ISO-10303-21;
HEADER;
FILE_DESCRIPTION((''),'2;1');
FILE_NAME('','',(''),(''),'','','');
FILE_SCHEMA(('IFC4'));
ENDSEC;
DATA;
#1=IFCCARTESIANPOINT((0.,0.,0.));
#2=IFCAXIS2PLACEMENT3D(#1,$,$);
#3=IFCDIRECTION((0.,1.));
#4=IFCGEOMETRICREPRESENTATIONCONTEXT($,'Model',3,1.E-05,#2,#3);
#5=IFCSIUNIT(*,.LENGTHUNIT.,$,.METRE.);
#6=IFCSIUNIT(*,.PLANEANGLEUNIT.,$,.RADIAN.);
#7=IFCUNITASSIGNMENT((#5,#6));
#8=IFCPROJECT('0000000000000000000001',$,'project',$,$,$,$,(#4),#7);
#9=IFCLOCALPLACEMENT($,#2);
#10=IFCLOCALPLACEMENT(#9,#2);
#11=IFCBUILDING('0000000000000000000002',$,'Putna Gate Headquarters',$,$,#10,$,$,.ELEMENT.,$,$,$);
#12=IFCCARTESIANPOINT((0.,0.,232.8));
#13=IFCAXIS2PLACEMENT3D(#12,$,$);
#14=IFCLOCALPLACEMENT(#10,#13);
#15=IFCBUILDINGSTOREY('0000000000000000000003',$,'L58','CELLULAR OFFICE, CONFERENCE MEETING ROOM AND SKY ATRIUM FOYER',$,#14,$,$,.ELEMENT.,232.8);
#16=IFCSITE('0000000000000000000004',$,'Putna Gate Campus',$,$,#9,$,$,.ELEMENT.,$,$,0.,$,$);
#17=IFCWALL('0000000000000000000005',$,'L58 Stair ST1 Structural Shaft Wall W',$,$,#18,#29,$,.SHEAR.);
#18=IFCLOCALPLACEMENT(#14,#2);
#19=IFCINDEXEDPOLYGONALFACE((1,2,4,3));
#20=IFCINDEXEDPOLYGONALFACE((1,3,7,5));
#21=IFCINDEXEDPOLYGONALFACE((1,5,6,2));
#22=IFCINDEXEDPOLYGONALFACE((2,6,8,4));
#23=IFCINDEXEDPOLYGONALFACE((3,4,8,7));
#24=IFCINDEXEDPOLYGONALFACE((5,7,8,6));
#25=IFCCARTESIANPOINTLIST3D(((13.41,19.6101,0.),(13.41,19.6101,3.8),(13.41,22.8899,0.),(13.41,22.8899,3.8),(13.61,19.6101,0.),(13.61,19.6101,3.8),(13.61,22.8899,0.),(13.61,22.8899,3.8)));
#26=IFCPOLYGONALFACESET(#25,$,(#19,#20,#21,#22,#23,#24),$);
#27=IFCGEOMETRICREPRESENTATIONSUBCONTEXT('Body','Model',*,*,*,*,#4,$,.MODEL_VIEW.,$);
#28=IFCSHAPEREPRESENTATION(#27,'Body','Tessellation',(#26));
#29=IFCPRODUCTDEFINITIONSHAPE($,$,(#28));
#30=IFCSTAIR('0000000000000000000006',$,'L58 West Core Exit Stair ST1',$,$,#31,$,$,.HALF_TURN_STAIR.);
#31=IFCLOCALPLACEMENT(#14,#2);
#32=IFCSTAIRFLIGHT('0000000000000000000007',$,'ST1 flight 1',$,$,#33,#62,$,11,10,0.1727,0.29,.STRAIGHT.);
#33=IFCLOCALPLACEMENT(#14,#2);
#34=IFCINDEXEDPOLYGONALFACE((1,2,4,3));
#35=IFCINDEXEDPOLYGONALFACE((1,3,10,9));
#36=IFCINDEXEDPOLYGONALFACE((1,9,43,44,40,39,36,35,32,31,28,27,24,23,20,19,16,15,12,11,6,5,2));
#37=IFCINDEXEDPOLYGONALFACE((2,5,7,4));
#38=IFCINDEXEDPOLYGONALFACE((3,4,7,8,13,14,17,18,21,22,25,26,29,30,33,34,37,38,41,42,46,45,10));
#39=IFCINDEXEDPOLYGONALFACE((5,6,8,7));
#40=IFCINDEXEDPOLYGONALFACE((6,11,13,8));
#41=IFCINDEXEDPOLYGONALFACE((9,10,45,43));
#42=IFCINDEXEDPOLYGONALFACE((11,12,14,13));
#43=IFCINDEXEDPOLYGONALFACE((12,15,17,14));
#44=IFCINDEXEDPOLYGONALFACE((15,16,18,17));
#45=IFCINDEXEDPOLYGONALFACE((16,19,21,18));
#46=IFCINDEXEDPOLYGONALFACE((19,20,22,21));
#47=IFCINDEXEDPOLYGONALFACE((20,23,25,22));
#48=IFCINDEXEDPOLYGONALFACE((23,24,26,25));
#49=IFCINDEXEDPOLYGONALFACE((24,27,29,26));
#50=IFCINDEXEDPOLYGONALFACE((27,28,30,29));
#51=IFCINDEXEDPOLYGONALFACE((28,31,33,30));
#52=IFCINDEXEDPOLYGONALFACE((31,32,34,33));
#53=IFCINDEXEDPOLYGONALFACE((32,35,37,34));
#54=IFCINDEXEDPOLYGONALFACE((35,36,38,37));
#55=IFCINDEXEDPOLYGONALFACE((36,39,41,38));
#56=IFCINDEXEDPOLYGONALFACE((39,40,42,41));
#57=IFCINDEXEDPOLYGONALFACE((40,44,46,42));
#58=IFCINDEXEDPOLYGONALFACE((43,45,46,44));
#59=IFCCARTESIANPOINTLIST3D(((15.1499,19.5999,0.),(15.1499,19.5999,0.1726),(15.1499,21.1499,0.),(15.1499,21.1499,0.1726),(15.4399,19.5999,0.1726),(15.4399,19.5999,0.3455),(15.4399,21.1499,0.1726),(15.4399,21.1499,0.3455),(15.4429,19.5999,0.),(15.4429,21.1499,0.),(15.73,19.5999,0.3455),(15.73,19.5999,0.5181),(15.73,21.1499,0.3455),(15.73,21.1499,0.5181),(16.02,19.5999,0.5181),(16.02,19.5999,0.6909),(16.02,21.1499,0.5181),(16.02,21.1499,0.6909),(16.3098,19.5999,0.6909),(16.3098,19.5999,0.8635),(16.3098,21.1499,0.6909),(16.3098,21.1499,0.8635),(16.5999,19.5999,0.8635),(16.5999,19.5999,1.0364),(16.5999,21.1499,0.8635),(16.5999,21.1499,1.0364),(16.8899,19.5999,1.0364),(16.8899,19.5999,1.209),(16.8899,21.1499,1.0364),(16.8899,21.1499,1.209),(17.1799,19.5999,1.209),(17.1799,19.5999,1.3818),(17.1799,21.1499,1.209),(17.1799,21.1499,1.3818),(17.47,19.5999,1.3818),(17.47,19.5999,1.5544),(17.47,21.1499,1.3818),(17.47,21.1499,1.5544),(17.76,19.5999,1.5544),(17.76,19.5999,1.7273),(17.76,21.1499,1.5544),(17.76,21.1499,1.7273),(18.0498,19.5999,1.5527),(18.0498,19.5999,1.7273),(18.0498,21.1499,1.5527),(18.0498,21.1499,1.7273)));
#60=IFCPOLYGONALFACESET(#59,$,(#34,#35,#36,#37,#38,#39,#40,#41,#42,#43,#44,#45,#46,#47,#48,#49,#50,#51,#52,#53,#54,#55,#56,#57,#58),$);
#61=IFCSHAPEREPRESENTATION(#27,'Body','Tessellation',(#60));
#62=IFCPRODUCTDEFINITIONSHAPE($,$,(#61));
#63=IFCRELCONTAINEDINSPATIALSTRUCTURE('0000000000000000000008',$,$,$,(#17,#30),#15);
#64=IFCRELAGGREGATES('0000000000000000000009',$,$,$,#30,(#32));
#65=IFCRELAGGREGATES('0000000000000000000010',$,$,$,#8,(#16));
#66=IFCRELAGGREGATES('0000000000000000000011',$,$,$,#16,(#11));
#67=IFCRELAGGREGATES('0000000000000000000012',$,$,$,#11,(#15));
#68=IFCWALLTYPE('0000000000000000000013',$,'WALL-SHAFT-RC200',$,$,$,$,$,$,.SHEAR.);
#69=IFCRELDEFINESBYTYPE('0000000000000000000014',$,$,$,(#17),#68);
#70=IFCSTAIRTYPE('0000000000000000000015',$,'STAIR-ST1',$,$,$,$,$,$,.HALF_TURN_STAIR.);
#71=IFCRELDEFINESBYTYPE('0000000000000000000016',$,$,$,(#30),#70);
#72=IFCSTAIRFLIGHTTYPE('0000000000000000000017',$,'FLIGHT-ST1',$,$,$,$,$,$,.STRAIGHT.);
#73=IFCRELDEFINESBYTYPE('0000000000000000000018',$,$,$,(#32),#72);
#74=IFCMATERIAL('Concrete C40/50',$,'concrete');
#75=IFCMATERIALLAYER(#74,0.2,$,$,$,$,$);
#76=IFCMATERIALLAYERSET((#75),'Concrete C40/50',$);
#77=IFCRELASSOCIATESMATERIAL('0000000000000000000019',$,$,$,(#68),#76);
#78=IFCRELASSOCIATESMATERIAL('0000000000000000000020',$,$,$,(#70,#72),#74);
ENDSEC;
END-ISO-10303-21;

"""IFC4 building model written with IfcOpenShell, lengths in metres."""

from ifc_helpers import new_model, si_unit, direction, frame, frame_2d, origin, place, context, subcontext, project, spatial, polyline, rectangle, outline, extrude, material, layer, layer_set, type_object, element, aggregate, save


model = new_model("IFC4")

# Units and contexts
model_context = context("Model", 3, precision=1e-05, world=origin(), true_north=direction((0.0, 1.0)))
body_context = subcontext(model_context, "Body", "Model", "MODEL_VIEW")
ifc_project = project(units=[si_unit("LENGTHUNIT", "METRE"), si_unit("PLANEANGLEUNIT", "RADIAN")], contexts=[model_context])

# Site, building, storey
site_placement = place(None, origin())
site = spatial("IfcSite", under=ifc_project, at=site_placement, Name="Putna Gate Campus", CompositionType="ELEMENT", RefElevation=0.0)
building_placement = place(site_placement, origin())
building = spatial("IfcBuilding", under=site, at=building_placement, Name="Putna Gate Headquarters", CompositionType="ELEMENT")
storey_placement = place(building_placement, frame((0.0, 0.0, 232.8)))
storey = spatial("IfcBuildingStorey", under=building, at=storey_placement, Name="L58", Description="CELLULAR OFFICE, CONFERENCE MEETING ROOM AND SKY ATRIUM FOYER", CompositionType="ELEMENT", Elevation=232.8)

# Wall
ifc_material_1 = material(Name="Concrete C40/50", Category="concrete")
ifc_layer_1 = layer(ifc_material_1, 0.2)
ifc_layer_set_1 = layer_set([ifc_layer_1], Name="Concrete C40/50")
wall_type_1 = type_object("IfcWallType", Name="WALL-SHAFT-RC200", PredefinedType="SHEAR", material=ifc_layer_set_1)
wall_1_placement = place(storey_placement, frame((13.51, 19.6101, 0.0), z_axis=(0.0, 0.0, 1.0), x_axis=(0.0, 1.0, 0.0)))
element("IfcWall", 1, at=wall_1_placement, inside=storey, type_object=wall_type_1, Name="L58 Stair ST1 Structural Shaft Wall W", PredefinedType="SHEAR", context=body_context, shape_type="SweptSolid", body=[
    extrude(rectangle(XDim=3.2798, YDim=0.2, at=frame_2d((1.6399, 0.0))), origin(), (0.0, 0.0, 1.0), 3.8),
])

# Stair, stair flight
stair_type = type_object("IfcStairType", Name="STAIR-ST1", PredefinedType="HALF_TURN_STAIR", material=ifc_material_1)
stair_placement = place(storey_placement, origin())
stair = element("IfcStair", 2, at=stair_placement, inside=storey, type_object=stair_type, Name="L58 West Core Exit Stair ST1", PredefinedType="HALF_TURN_STAIR")
stair_flight_type = type_object("IfcStairFlightType", Name="FLIGHT-ST1", PredefinedType="STRAIGHT", material=ifc_material_1)
stair_flight_placement = place(storey_placement, frame((15.1499, 20.375, 0.0), z_axis=(0.0, 0.0, 1.0), x_axis=(1.0, 0.0, 0.0)))
stair_flight = element("IfcStairFlight", 3, at=stair_flight_placement, type_object=stair_flight_type, Name="ST1 flight 1", NumberOfRisers=11, NumberOfTreads=10, PredefinedType="STRAIGHT", RiserHeight=0.1727, TreadLength=0.29, context=body_context, shape_type="SweptSolid", body=[
    extrude(outline(polyline([(0.0, 0.0), (0.0, 0.1726), (0.29, 0.1726), (0.29, 0.3455), (0.5801, 0.3455), (0.5801, 0.5181), (0.8701, 0.5181), (0.8701, 0.6909), (1.1599, 0.6909), (1.1599, 0.8635), (1.45, 0.8635), (1.45, 1.0364), (1.74, 1.0364), (1.74, 1.209), (2.03, 1.209), (2.03, 1.3818), (2.3201, 1.3818), (2.3201, 1.5544), (2.6101, 1.5544), (2.6101, 1.7273), (2.8999, 1.7273), (2.8999, 1.8999), (2.8999, 1.5527), (0.293, 0.0), (0.0, 0.0)])), frame((0.0, 0.7749, 0.0), z_axis=(0.0, -1.0, 0.0), x_axis=(1.0, 0.0, 0.0)), (0.0, 0.0, 1.0), 1.55),
])
aggregate(stair, [stair_flight])

save(model, "model.ifc")
